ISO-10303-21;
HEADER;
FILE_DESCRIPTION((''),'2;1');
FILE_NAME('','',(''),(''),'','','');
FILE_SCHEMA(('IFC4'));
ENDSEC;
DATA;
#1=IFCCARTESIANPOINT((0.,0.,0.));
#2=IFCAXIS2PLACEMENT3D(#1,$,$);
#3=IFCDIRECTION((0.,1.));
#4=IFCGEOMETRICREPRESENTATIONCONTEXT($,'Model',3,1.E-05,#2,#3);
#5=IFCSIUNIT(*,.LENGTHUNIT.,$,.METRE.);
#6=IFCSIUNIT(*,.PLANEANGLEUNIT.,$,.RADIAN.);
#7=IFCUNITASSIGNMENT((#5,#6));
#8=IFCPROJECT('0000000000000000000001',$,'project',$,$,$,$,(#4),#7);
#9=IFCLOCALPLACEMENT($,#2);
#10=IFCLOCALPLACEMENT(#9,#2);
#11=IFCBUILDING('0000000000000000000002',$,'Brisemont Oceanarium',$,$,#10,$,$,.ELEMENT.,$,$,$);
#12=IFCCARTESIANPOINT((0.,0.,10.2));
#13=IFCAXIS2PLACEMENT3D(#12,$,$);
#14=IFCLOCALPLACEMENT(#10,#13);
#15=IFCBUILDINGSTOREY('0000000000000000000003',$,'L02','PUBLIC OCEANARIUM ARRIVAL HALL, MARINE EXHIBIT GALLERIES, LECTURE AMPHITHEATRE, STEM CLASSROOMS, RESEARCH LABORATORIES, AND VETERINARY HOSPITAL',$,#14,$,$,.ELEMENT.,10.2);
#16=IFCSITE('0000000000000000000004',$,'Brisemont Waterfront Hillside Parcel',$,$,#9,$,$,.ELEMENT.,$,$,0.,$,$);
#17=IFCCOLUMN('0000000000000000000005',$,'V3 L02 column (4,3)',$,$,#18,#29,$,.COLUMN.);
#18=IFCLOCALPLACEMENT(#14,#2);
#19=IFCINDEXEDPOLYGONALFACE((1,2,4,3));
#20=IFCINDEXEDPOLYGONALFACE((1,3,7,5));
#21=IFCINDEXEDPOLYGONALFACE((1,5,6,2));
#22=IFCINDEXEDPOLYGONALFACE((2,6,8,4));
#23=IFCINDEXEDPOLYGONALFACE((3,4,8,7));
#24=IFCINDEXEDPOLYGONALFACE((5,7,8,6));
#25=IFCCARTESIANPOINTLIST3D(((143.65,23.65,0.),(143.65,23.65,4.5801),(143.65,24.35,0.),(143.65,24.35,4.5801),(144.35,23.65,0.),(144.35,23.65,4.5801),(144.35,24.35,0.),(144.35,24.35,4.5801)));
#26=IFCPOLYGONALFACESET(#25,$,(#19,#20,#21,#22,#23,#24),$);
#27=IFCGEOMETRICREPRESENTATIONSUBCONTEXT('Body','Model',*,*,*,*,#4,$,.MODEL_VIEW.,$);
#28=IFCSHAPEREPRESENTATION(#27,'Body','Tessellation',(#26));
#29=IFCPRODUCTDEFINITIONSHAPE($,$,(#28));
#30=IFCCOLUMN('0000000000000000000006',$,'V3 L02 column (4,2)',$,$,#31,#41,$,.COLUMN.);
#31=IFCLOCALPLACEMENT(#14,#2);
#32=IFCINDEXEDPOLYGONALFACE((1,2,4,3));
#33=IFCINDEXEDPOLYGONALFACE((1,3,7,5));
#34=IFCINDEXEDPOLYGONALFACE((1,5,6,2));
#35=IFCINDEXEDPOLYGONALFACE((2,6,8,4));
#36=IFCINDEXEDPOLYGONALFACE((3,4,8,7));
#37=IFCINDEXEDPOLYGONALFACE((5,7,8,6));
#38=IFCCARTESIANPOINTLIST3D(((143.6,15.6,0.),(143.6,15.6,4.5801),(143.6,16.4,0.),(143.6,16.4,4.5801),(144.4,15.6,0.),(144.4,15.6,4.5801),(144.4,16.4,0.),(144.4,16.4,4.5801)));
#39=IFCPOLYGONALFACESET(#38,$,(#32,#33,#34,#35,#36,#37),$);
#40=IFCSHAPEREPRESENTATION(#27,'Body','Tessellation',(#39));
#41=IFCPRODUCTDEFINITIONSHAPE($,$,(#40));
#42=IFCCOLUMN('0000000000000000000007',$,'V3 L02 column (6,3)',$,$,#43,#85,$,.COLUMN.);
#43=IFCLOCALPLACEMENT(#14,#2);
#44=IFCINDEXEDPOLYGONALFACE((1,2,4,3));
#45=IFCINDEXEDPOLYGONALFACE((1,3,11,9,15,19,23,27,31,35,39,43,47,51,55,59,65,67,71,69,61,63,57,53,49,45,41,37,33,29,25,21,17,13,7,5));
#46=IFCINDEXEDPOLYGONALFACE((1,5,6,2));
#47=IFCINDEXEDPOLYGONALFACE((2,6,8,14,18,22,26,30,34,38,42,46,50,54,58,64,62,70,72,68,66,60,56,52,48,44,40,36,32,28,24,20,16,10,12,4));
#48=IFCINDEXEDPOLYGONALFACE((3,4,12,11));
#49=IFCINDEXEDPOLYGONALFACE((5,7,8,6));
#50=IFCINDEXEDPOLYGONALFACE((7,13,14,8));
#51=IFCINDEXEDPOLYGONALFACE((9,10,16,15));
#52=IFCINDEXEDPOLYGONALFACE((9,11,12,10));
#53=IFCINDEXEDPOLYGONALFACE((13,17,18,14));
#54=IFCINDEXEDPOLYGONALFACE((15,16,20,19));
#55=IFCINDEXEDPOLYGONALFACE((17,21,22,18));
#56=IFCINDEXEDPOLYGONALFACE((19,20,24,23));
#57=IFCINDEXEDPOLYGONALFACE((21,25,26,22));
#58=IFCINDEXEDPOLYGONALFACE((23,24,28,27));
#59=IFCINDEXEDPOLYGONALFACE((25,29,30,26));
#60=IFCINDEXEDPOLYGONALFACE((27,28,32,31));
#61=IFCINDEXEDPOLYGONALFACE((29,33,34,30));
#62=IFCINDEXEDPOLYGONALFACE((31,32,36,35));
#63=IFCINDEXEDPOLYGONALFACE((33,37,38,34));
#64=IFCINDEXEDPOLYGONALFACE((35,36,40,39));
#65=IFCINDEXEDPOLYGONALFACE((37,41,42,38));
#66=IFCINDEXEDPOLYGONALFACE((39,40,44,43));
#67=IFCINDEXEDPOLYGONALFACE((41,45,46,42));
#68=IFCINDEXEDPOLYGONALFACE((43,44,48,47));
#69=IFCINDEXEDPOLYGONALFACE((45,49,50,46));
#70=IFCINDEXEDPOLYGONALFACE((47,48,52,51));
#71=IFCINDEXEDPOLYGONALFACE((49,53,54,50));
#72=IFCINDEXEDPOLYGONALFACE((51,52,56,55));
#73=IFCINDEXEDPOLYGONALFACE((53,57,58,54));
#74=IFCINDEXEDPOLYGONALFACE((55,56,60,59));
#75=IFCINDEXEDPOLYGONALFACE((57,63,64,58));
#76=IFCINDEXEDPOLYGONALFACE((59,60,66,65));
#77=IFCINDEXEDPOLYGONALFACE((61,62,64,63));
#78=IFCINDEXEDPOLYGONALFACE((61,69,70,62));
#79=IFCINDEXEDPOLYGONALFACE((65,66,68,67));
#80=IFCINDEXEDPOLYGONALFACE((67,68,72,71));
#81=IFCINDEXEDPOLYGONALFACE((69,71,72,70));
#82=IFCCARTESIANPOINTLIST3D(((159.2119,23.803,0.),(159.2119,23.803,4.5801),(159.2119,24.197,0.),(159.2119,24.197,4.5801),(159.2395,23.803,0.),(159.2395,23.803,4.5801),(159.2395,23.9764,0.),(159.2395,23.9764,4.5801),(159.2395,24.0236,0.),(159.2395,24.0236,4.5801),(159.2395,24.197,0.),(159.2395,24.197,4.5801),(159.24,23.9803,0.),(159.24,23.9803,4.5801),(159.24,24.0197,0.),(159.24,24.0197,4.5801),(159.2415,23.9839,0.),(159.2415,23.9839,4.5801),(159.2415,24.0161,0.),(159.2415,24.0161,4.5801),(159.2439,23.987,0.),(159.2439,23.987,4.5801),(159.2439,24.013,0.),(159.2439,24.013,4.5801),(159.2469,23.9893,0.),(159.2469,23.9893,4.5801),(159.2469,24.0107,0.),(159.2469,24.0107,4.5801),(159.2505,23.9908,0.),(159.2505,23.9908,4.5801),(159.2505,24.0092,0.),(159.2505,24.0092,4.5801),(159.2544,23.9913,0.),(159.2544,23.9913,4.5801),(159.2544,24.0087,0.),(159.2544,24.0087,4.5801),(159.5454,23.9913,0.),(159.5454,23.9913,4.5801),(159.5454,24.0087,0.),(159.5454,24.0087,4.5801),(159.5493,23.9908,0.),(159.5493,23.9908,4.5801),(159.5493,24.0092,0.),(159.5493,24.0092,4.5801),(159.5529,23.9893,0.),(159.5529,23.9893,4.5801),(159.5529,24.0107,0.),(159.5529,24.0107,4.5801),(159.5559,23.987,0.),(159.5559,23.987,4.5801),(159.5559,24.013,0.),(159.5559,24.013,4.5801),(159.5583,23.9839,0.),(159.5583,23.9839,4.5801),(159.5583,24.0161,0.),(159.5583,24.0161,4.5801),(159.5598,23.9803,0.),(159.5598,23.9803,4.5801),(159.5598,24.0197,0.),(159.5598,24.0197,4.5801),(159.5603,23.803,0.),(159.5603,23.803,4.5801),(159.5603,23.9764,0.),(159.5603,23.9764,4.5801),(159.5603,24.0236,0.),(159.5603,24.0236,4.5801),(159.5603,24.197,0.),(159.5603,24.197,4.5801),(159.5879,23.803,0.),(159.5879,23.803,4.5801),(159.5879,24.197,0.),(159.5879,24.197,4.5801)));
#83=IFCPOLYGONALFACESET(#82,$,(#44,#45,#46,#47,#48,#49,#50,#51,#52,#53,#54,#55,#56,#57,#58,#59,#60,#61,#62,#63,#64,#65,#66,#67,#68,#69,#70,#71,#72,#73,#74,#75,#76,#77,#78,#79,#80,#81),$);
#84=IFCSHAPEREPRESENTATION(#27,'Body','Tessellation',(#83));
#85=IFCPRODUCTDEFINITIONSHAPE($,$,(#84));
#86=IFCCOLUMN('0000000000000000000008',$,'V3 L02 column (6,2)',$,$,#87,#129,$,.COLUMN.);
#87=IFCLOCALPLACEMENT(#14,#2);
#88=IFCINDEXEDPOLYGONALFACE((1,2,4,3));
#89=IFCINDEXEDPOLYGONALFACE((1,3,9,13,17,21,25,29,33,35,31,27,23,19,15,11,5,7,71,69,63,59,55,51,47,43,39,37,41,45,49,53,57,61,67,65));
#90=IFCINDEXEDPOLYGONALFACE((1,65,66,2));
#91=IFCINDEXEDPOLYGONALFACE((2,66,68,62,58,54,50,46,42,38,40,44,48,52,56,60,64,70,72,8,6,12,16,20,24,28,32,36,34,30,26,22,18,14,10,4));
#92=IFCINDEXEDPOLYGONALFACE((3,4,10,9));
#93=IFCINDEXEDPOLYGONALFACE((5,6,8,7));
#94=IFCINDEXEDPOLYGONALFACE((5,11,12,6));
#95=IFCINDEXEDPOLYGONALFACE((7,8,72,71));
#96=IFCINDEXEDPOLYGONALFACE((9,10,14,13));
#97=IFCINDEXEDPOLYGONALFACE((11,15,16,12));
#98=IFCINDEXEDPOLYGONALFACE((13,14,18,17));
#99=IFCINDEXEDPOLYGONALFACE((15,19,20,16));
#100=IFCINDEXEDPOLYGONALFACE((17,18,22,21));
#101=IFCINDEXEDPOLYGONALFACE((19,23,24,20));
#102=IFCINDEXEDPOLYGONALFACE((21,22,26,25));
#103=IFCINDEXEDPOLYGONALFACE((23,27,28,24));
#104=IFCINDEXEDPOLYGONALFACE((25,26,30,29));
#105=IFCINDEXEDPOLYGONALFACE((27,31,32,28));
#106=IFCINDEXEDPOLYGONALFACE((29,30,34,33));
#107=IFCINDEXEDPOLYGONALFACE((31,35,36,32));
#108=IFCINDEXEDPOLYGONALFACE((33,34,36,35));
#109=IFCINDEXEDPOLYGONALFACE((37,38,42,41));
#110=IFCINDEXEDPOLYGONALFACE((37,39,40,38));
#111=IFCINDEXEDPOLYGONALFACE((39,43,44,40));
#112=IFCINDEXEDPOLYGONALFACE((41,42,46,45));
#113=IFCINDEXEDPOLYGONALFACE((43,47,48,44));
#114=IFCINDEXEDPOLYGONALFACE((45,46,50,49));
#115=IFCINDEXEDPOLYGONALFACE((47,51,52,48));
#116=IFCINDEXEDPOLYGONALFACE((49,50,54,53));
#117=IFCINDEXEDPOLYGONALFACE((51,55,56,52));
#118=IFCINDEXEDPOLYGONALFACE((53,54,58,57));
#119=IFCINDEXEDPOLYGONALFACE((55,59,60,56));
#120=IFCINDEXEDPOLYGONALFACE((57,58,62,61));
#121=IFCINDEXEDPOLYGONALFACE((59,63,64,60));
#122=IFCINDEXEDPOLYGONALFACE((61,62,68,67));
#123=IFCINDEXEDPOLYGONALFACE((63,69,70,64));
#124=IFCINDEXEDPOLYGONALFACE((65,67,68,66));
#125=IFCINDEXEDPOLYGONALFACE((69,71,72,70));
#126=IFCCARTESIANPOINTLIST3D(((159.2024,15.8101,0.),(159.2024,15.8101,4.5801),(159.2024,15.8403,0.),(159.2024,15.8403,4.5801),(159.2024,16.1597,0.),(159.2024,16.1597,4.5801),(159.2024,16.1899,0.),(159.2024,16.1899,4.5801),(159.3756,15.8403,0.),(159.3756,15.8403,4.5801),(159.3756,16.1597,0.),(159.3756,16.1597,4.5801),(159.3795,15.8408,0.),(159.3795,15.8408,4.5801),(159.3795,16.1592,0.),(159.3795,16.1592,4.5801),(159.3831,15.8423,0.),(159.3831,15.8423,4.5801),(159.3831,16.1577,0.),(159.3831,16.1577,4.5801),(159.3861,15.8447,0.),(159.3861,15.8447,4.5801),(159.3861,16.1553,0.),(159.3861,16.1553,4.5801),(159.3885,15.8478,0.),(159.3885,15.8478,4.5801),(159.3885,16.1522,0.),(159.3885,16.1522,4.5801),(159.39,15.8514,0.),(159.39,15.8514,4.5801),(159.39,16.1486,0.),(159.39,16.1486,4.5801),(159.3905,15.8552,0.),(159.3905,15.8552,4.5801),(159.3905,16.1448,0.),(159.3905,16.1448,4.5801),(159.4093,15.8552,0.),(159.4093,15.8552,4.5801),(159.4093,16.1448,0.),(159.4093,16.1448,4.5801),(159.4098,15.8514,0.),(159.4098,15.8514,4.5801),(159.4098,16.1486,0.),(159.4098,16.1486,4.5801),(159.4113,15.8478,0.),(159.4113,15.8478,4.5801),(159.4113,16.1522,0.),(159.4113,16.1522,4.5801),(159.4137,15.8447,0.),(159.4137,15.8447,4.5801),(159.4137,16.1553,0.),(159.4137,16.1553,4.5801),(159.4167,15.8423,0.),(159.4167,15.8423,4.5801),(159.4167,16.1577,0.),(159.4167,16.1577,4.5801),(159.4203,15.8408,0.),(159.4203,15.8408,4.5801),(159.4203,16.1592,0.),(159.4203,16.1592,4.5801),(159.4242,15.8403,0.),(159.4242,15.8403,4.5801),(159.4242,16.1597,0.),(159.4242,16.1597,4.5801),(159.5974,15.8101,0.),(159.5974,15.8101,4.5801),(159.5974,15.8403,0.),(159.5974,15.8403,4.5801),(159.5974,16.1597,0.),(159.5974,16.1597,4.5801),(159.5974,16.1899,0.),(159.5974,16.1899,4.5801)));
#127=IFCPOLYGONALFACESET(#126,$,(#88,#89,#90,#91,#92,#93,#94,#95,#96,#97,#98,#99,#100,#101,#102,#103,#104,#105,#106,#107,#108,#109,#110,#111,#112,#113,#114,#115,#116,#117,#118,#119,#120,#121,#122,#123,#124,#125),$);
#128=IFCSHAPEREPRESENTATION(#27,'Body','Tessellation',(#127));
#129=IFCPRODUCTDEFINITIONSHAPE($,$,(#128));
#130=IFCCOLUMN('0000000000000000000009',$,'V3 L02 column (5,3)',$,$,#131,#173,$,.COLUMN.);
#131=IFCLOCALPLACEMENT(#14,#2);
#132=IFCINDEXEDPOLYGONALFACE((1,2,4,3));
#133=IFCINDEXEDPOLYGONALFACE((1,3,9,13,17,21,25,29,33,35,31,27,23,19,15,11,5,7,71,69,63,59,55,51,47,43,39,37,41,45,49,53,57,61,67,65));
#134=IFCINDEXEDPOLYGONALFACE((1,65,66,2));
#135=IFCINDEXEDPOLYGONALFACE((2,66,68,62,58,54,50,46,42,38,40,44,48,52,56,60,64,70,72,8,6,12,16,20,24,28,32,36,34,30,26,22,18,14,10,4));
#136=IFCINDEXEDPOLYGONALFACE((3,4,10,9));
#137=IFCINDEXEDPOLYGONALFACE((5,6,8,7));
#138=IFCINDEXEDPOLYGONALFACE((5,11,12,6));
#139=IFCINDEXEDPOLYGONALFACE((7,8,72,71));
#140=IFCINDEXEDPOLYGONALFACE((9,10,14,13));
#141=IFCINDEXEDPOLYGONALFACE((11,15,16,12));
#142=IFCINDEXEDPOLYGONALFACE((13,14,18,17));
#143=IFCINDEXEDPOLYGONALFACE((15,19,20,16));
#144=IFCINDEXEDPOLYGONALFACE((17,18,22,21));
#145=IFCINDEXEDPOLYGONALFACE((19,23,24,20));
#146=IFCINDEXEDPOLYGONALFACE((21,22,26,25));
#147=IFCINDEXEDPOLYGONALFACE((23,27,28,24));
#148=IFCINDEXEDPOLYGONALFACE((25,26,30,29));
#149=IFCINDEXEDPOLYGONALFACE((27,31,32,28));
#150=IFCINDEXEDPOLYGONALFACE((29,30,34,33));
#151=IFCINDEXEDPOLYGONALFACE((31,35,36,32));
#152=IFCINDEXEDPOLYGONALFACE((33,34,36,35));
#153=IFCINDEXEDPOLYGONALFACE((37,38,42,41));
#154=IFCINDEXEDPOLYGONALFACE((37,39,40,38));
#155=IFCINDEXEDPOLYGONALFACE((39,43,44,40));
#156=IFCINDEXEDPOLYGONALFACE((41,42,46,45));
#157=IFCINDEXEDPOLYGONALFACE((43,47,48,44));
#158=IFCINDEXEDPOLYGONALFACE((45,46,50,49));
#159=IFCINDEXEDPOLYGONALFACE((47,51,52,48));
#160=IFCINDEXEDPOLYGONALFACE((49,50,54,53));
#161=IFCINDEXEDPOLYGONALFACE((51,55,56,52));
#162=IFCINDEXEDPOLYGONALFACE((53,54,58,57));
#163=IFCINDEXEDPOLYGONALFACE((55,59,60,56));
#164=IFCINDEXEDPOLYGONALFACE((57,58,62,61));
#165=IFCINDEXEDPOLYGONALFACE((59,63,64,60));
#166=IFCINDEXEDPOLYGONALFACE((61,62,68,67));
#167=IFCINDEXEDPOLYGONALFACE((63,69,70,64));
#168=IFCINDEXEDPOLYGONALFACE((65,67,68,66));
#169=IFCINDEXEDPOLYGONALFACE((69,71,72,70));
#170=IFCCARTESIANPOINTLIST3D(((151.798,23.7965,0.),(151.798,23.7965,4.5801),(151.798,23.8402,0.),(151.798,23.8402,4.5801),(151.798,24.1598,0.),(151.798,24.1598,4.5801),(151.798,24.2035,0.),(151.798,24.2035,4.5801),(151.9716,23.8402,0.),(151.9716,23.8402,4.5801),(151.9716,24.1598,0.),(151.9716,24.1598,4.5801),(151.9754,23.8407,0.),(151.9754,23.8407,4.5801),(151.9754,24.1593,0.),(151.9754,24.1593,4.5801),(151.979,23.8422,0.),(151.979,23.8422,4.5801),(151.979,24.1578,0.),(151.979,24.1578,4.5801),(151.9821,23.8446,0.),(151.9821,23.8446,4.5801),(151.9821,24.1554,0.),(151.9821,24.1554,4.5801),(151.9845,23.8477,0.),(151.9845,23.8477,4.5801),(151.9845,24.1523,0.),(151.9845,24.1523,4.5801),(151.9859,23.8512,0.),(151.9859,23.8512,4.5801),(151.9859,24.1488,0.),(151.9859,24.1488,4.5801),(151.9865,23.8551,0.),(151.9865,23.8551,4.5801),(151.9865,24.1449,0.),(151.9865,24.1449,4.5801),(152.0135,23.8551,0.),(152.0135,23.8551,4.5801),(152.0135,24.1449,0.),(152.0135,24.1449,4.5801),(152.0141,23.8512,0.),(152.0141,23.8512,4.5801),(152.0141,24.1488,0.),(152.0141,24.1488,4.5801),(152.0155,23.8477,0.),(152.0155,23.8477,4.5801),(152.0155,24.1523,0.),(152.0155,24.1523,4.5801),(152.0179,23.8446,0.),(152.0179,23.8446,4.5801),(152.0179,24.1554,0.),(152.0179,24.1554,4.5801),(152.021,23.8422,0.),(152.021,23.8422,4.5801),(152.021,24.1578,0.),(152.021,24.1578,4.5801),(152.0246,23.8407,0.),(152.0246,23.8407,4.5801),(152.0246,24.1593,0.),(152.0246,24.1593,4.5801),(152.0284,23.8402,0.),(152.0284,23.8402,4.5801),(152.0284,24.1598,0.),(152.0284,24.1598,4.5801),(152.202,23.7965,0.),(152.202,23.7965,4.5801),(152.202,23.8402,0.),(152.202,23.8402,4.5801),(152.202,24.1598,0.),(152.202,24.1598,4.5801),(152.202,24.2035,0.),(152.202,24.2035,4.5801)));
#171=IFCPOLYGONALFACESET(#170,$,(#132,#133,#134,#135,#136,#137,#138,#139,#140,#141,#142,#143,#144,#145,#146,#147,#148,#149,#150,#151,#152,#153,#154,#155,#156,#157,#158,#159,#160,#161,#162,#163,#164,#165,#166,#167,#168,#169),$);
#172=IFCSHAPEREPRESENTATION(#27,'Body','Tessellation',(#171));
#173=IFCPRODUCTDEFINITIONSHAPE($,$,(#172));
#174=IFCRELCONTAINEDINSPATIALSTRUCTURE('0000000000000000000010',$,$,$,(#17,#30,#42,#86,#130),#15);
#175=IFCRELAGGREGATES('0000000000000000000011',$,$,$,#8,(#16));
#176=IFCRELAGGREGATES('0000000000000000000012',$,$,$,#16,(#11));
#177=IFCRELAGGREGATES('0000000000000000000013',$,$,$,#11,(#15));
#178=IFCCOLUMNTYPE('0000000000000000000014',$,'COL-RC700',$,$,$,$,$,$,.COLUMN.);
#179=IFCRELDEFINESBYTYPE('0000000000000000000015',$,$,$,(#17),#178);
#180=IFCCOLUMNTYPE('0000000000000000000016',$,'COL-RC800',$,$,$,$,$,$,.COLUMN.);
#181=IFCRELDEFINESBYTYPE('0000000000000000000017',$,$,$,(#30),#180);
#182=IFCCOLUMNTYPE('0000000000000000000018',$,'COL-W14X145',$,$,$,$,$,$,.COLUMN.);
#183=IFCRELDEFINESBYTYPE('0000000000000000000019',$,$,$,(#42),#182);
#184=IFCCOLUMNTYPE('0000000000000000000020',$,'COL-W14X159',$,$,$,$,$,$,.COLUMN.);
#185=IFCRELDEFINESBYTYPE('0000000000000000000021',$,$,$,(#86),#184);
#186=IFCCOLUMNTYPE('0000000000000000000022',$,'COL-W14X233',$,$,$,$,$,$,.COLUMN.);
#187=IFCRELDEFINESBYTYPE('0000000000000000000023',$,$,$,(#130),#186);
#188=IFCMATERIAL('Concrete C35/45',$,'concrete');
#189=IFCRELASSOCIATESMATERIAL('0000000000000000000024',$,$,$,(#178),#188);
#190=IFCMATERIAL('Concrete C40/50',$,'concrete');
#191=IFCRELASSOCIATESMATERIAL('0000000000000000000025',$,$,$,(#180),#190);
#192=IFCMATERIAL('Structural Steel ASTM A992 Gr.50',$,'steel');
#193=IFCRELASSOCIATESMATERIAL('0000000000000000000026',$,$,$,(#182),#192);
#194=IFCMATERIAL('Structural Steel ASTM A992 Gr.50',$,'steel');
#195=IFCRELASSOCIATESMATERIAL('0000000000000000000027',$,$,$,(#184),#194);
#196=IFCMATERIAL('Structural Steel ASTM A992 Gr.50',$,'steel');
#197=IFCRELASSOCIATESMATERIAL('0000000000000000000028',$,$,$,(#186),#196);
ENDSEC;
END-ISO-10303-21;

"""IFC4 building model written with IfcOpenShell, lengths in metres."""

from ifc_helpers import new_model, si_unit, direction, frame, origin, origin_2d, place, context, subcontext, project, spatial, rectangle, i_section, extrude, material, material_profile, profile_set, type_object, element, save


model = new_model("IFC4")

# Units and contexts
model_context = context("Model", 3, precision=1e-05, world=origin(), true_north=direction((0.0, 1.0)))
body_context = subcontext(model_context, "Body", "Model", "MODEL_VIEW")
ifc_project = project(units=[si_unit("LENGTHUNIT", "METRE"), si_unit("PLANEANGLEUNIT", "RADIAN")], contexts=[model_context])

# Site, building, storey
site_placement = place(None, origin())
site = spatial("IfcSite", under=ifc_project, at=site_placement, Name="Brisemont Waterfront Hillside Parcel", CompositionType="ELEMENT", RefElevation=0.0)
building_placement = place(site_placement, origin())
building = spatial("IfcBuilding", under=site, at=building_placement, Name="Brisemont Oceanarium", CompositionType="ELEMENT")
storey_placement = place(building_placement, frame((0.0, 0.0, 10.2)))
storey = spatial("IfcBuildingStorey", under=building, at=storey_placement, Name="L02", Description="PUBLIC OCEANARIUM ARRIVAL HALL, MARINE EXHIBIT GALLERIES, LECTURE AMPHITHEATRE, STEM CLASSROOMS, RESEARCH LABORATORIES, AND VETERINARY HOSPITAL", CompositionType="ELEMENT", Elevation=10.2)

# Columns
ifc_material_1 = material(Name="Concrete C35/45", Category="concrete")
ifc_material_profile_1 = material_profile(ifc_material_1, rectangle(XDim=0.7, YDim=0.7, at=origin_2d()), Name="RC-COL-700X700")
ifc_profile_set_1 = profile_set([ifc_material_profile_1], Name="Concrete C35/45")
column_type_1 = type_object("IfcColumnType", Name="COL-RC700", PredefinedType="COLUMN", material=ifc_profile_set_1)
column_1_placement = place(storey_placement, frame((144.0, 24.0, 0.0), z_axis=(0.0, 0.0, 1.0), x_axis=(0.0, 1.0, 0.0)))
element("IfcColumn", 1, at=column_1_placement, inside=storey, type_object=column_type_1, Name="V3 L02 column (4,3)", PredefinedType="COLUMN", context=body_context, shape_type="SweptSolid", body=[
    extrude(rectangle(XDim=0.7, YDim=0.7, at=origin_2d()), origin(), (0.0, 0.0, 1.0), 4.5801),
])
ifc_material_2 = material(Name="Concrete C40/50", Category="concrete")
ifc_material_profile_2 = material_profile(ifc_material_2, rectangle(XDim=0.8, YDim=0.8, at=origin_2d()), Name="RC-COL-800X800")
ifc_profile_set_2 = profile_set([ifc_material_profile_2], Name="Concrete C40/50")
column_type_2 = type_object("IfcColumnType", Name="COL-RC800", PredefinedType="COLUMN", material=ifc_profile_set_2)
column_2_placement = place(storey_placement, frame((144.0, 16.0, 0.0), z_axis=(0.0, 0.0, 1.0), x_axis=(1.0, 0.0, 0.0)))
element("IfcColumn", 2, at=column_2_placement, inside=storey, type_object=column_type_2, Name="V3 L02 column (4,2)", PredefinedType="COLUMN", context=body_context, shape_type="SweptSolid", body=[
    extrude(rectangle(XDim=0.8, YDim=0.8, at=origin_2d()), origin(), (0.0, 0.0, 1.0), 4.5801),
])
ifc_material_3 = material(Name="Structural Steel ASTM A992 Gr.50", Category="steel")
ifc_material_profile_3 = material_profile(ifc_material_3, i_section(OverallWidth=0.394, OverallDepth=0.376, WebThickness=0.0173, FlangeThickness=0.0276, FilletRadius=0.0149, at=origin_2d()), Name="W14X145")
ifc_profile_set_3 = profile_set([ifc_material_profile_3], Name="Structural Steel ASTM A992 Gr.50")
column_type_3 = type_object("IfcColumnType", Name="COL-W14X145", PredefinedType="COLUMN", material=ifc_profile_set_3)
column_3_placement = place(storey_placement, frame((159.3999, 24.0, 0.0), z_axis=(0.0, 0.0, 1.0), x_axis=(0.0, 1.0, 0.0)))
element("IfcColumn", 3, at=column_3_placement, inside=storey, type_object=column_type_3, Name="V3 L02 column (6,3)", PredefinedType="COLUMN", context=body_context, shape_type="SweptSolid", body=[
    extrude(i_section(OverallWidth=0.394, OverallDepth=0.376, WebThickness=0.0173, FlangeThickness=0.0276, FilletRadius=0.0149, at=origin_2d()), origin(), (0.0, 0.0, 1.0), 4.5801),
])
ifc_material_4 = material(Name="Structural Steel ASTM A992 Gr.50", Category="steel")
ifc_material_profile_4 = material_profile(ifc_material_4, i_section(OverallWidth=0.395, OverallDepth=0.3799, WebThickness=0.0188, FlangeThickness=0.0303, FilletRadius=0.0149, at=origin_2d()), Name="W14X159")
ifc_profile_set_4 = profile_set([ifc_material_profile_4], Name="Structural Steel ASTM A992 Gr.50")
column_type_4 = type_object("IfcColumnType", Name="COL-W14X159", PredefinedType="COLUMN", material=ifc_profile_set_4)
column_4_placement = place(storey_placement, frame((159.3999, 16.0, 0.0), z_axis=(0.0, 0.0, 1.0), x_axis=(1.0, 0.0, 0.0)))
element("IfcColumn", 4, at=column_4_placement, inside=storey, type_object=column_type_4, Name="V3 L02 column (6,2)", PredefinedType="COLUMN", context=body_context, shape_type="SweptSolid", body=[
    extrude(i_section(OverallWidth=0.395, OverallDepth=0.3799, WebThickness=0.0188, FlangeThickness=0.0303, FilletRadius=0.0149, at=origin_2d()), origin(), (0.0, 0.0, 1.0), 4.5801),
])
ifc_material_5 = material(Name="Structural Steel ASTM A992 Gr.50", Category="steel")
ifc_material_profile_5 = material_profile(ifc_material_5, i_section(OverallWidth=0.4041, OverallDepth=0.407, WebThickness=0.0271, FlangeThickness=0.0437, FilletRadius=0.0149, at=origin_2d()), Name="W14X233")
ifc_profile_set_5 = profile_set([ifc_material_profile_5], Name="Structural Steel ASTM A992 Gr.50")
column_type_5 = type_object("IfcColumnType", Name="COL-W14X233", PredefinedType="COLUMN", material=ifc_profile_set_5)
column_5_placement = place(storey_placement, frame((152.0, 24.0, 0.0), z_axis=(0.0, 0.0, 1.0), x_axis=(1.0, 0.0, 0.0)))
element("IfcColumn", 5, at=column_5_placement, inside=storey, type_object=column_type_5, Name="V3 L02 column (5,3)", PredefinedType="COLUMN", context=body_context, shape_type="SweptSolid", body=[
    extrude(i_section(OverallWidth=0.4041, OverallDepth=0.407, WebThickness=0.0271, FlangeThickness=0.0437, FilletRadius=0.0149, at=origin_2d()), origin(), (0.0, 0.0, 1.0), 4.5801),
])

save(model, "model.ifc")
